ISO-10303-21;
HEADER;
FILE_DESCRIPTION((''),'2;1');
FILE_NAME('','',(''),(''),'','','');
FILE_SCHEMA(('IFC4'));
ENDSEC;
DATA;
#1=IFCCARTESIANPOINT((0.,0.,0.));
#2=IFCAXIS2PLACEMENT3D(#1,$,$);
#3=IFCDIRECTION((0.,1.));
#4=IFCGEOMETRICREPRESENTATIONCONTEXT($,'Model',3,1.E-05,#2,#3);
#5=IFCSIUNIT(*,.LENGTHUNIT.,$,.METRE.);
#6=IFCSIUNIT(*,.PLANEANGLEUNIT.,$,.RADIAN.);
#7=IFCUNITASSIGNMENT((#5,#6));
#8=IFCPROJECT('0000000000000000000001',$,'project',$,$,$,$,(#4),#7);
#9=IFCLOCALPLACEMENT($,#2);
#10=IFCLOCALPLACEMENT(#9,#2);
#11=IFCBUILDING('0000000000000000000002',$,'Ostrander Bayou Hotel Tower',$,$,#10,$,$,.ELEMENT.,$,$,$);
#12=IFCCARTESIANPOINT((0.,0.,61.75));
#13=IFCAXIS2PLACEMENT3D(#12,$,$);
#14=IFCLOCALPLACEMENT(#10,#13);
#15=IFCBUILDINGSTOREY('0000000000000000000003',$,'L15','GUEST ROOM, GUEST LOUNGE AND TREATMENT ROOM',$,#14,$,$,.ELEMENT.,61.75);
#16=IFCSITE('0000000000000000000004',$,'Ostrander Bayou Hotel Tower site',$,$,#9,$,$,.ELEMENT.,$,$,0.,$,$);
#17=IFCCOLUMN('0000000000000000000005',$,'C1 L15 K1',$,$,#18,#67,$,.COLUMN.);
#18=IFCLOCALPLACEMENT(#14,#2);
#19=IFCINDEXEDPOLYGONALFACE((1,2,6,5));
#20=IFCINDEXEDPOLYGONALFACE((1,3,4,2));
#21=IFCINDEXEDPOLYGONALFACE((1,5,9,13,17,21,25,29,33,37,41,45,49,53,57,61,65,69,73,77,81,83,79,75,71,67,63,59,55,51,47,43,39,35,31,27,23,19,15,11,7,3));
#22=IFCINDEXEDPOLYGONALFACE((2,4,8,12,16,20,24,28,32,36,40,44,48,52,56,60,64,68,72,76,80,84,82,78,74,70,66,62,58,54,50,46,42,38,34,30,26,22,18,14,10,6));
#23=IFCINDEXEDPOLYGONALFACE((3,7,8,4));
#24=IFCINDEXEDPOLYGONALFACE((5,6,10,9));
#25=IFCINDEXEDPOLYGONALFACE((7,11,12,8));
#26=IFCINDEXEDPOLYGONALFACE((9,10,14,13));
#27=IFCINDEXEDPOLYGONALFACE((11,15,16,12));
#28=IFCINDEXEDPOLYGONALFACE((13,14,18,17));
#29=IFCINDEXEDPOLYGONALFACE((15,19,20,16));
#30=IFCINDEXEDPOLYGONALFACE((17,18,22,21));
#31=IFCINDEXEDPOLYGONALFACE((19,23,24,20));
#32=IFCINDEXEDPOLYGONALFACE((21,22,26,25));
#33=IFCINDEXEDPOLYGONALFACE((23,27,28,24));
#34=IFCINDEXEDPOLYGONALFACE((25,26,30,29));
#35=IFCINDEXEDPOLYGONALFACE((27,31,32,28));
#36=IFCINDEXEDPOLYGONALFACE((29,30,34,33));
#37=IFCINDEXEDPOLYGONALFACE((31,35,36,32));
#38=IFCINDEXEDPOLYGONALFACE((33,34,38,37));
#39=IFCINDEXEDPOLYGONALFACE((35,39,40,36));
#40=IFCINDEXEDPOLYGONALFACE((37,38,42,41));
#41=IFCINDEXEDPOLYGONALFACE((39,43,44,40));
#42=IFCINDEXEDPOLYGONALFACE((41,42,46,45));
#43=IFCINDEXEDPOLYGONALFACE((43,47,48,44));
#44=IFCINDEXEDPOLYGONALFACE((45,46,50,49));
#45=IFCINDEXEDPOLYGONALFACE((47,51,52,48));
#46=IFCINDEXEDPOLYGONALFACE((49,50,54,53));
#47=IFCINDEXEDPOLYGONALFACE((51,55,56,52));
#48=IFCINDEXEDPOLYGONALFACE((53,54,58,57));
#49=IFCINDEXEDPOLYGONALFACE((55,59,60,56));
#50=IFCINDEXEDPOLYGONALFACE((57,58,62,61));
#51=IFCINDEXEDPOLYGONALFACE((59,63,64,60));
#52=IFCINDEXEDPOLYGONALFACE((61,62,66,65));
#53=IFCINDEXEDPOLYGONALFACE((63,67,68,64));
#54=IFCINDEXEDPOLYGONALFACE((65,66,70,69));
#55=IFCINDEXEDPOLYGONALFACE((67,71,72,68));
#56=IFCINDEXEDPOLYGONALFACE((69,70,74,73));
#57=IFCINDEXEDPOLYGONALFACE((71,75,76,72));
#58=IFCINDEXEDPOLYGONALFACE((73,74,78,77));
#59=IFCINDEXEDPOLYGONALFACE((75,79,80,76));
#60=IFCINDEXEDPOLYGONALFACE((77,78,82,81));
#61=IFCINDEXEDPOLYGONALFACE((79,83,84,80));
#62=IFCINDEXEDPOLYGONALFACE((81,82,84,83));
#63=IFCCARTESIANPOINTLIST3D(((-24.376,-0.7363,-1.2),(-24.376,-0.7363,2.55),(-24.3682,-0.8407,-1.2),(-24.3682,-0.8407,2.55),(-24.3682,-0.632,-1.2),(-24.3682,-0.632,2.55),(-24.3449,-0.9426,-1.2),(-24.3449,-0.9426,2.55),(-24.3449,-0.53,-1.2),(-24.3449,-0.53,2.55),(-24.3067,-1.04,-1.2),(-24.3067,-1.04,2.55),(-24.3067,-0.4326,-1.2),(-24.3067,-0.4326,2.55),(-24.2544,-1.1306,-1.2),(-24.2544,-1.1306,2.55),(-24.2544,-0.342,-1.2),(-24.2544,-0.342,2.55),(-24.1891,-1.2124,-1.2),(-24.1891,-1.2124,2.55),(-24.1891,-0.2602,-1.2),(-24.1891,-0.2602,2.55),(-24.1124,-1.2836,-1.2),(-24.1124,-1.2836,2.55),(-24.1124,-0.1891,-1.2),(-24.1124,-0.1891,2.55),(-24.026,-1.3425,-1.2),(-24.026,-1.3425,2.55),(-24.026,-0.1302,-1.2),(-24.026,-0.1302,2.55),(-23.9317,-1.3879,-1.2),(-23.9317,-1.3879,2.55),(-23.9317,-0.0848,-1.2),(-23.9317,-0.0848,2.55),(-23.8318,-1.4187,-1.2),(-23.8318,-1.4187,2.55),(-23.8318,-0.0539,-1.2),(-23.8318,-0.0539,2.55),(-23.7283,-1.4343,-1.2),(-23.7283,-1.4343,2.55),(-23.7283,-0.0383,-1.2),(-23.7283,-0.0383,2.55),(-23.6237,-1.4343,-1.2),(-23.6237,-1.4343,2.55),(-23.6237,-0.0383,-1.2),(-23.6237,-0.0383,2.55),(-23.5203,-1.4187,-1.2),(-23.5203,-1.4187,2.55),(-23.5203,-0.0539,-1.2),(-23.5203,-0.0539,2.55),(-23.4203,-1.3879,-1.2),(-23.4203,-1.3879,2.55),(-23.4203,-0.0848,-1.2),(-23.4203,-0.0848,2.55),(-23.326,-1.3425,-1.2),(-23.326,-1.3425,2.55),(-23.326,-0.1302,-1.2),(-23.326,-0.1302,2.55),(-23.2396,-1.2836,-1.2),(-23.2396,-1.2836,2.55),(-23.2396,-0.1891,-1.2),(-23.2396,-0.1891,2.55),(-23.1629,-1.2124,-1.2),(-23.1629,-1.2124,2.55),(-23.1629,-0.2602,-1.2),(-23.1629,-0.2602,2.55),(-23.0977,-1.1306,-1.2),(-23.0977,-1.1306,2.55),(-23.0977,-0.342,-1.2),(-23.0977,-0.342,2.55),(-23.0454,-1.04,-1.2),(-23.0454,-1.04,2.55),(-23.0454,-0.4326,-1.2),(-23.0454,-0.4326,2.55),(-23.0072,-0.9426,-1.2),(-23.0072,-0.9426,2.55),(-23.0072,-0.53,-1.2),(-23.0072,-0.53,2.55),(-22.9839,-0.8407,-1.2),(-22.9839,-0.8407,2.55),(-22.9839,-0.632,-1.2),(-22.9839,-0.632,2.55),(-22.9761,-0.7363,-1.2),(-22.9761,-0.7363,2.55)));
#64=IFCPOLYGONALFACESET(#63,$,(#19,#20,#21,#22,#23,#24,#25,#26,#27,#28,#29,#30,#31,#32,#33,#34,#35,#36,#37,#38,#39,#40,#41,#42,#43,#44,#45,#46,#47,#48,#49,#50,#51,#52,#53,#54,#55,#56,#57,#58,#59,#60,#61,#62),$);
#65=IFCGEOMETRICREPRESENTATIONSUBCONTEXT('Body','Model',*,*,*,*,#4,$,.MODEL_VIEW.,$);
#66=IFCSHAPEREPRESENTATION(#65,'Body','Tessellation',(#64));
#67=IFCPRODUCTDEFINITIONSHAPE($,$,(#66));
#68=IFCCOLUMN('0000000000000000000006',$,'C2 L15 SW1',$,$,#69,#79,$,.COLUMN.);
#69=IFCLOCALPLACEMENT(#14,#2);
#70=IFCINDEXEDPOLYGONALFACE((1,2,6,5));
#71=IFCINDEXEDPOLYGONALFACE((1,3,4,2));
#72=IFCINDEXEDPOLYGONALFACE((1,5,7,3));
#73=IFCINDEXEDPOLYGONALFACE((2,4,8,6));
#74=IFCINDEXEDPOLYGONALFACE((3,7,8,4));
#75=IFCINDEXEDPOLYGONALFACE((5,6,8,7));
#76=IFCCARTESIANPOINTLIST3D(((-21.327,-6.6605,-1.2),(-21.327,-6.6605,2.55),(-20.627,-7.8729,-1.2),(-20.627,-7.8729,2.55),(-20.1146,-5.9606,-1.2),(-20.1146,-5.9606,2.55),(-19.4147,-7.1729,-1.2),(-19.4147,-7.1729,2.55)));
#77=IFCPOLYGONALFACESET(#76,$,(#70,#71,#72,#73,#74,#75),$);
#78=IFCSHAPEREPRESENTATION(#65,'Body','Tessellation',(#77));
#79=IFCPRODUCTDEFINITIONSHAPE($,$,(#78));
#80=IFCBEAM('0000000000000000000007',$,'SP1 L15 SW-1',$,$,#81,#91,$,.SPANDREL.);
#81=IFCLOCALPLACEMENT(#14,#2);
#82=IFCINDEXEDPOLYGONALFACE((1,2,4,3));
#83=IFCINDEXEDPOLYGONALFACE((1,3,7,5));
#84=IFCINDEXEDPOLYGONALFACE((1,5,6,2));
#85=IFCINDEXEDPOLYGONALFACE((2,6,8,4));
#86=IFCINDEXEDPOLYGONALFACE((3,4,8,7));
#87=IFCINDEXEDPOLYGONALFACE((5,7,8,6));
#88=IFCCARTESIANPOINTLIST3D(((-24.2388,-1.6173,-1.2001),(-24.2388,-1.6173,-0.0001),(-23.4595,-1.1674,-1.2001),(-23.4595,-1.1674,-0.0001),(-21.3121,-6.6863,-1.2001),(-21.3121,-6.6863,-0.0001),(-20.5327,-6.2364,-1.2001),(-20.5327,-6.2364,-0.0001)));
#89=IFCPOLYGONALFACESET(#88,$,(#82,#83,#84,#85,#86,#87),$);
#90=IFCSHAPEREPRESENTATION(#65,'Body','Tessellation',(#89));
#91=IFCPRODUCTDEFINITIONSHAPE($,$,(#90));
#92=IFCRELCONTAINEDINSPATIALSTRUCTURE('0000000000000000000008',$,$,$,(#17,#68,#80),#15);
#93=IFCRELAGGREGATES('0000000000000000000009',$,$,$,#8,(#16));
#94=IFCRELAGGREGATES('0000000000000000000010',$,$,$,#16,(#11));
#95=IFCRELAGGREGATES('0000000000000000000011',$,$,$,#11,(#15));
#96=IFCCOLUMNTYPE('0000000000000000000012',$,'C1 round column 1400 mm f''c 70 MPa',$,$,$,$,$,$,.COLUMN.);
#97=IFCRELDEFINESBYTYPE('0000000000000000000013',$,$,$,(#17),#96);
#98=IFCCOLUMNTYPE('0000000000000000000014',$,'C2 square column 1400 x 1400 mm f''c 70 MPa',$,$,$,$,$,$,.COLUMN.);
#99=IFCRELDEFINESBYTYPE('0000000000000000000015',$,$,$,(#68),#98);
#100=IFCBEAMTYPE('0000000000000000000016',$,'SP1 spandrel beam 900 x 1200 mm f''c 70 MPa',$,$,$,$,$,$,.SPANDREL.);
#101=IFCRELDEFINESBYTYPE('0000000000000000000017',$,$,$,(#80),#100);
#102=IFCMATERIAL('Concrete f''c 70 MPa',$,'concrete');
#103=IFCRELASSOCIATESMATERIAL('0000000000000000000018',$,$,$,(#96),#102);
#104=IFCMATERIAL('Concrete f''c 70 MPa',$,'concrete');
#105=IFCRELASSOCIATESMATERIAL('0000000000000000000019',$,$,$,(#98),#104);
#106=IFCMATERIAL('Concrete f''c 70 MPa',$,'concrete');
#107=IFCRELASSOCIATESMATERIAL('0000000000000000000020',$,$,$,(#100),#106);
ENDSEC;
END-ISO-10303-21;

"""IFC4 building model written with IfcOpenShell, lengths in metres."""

from ifc_helpers import new_model, si_unit, direction, frame, origin, origin_2d, place, context, subcontext, project, spatial, rectangle, circle, extrude, material, material_profile, profile_set, type_object, element, save


model = new_model("IFC4")

# Units and contexts
model_context = context("Model", 3, precision=1e-05, world=origin(), true_north=direction((0.0, 1.0)))
body_context = subcontext(model_context, "Body", "Model", "MODEL_VIEW")
ifc_project = project(units=[si_unit("LENGTHUNIT", "METRE"), si_unit("PLANEANGLEUNIT", "RADIAN")], contexts=[model_context])

# Site, building, storey
site_placement = place(None, origin())
site = spatial("IfcSite", under=ifc_project, at=site_placement, Name="Ostrander Bayou Hotel Tower site", CompositionType="ELEMENT", RefElevation=0.0)
building_placement = place(site_placement, origin())
building = spatial("IfcBuilding", under=site, at=building_placement, Name="Ostrander Bayou Hotel Tower", CompositionType="ELEMENT")
storey_placement = place(building_placement, frame((0.0, 0.0, 61.75)))
storey = spatial("IfcBuildingStorey", under=building, at=storey_placement, Name="L15", Description="GUEST ROOM, GUEST LOUNGE AND TREATMENT ROOM", CompositionType="ELEMENT", Elevation=61.75)

# Columns
ifc_material_1 = material(Name="Concrete f'c 70 MPa", Category="concrete")
ifc_material_profile_1 = material_profile(ifc_material_1, circle(Radius=0.7, at=origin_2d()))
ifc_profile_set_1 = profile_set([ifc_material_profile_1], Name="Concrete f'c 70 MPa")
column_type_1 = type_object("IfcColumnType", Name="C1 round column 1400 mm f'c 70 MPa", PredefinedType="COLUMN", material=ifc_profile_set_1)
column_1_placement = place(storey_placement, frame((-23.676, -0.7363, -1.2), z_axis=(0.0, 0.0, 1.0), x_axis=(1.0, 0.0, 0.0)))
element("IfcColumn", 1, at=column_1_placement, inside=storey, type_object=column_type_1, Name="C1 L15 K1", PredefinedType="COLUMN", context=body_context, shape_type="SweptSolid", body=[
    extrude(circle(Radius=0.7, at=origin_2d()), origin(), (0.0, 0.0, 1.0), 3.75),
])
ifc_material_2 = material(Name="Concrete f'c 70 MPa", Category="concrete")
ifc_material_profile_2 = material_profile(ifc_material_2, rectangle(XDim=1.3999, YDim=1.3999, at=origin_2d()))
ifc_profile_set_2 = profile_set([ifc_material_profile_2], Name="Concrete f'c 70 MPa")
column_type_2 = type_object("IfcColumnType", Name="C2 square column 1400 x 1400 mm f'c 70 MPa", PredefinedType="COLUMN", material=ifc_profile_set_2)
column_2_placement = place(storey_placement, frame((-20.3708, -6.9167, -1.2), z_axis=(0.0, 0.0, 1.0), x_axis=(-0.5, 0.866025, 0.0)))
element("IfcColumn", 2, at=column_2_placement, inside=storey, type_object=column_type_2, Name="C2 L15 SW1", PredefinedType="COLUMN", context=body_context, shape_type="SweptSolid", body=[
    extrude(rectangle(XDim=1.3999, YDim=1.3999, at=origin_2d()), origin(), (0.0, 0.0, 1.0), 3.75),
])

# Beam
ifc_material_3 = material(Name="Concrete f'c 70 MPa", Category="concrete")
ifc_material_profile_3 = material_profile(ifc_material_3, rectangle(XDim=0.8999, YDim=1.2, at=origin_2d()))
ifc_profile_set_3 = profile_set([ifc_material_profile_3], Name="Concrete f'c 70 MPa")
beam_type = type_object("IfcBeamType", Name="SP1 spandrel beam 900 x 1200 mm f'c 70 MPa", PredefinedType="SPANDREL", material=ifc_profile_set_3)
beam_placement = place(storey_placement, frame((-23.8491, -1.3923, -0.6001), z_axis=(0.500015, -0.866017, 0.0), x_axis=(0.866017, 0.500015, 0.0)))
element("IfcBeam", 3, at=beam_placement, inside=storey, type_object=beam_type, Name="SP1 L15 SW-1", PredefinedType="SPANDREL", context=body_context, shape_type="SweptSolid", body=[
    extrude(rectangle(XDim=0.8999, YDim=1.2, at=origin_2d()), origin(), (0.0, 0.0, 1.0), 5.8533),
])

save(model, "model.ifc")
